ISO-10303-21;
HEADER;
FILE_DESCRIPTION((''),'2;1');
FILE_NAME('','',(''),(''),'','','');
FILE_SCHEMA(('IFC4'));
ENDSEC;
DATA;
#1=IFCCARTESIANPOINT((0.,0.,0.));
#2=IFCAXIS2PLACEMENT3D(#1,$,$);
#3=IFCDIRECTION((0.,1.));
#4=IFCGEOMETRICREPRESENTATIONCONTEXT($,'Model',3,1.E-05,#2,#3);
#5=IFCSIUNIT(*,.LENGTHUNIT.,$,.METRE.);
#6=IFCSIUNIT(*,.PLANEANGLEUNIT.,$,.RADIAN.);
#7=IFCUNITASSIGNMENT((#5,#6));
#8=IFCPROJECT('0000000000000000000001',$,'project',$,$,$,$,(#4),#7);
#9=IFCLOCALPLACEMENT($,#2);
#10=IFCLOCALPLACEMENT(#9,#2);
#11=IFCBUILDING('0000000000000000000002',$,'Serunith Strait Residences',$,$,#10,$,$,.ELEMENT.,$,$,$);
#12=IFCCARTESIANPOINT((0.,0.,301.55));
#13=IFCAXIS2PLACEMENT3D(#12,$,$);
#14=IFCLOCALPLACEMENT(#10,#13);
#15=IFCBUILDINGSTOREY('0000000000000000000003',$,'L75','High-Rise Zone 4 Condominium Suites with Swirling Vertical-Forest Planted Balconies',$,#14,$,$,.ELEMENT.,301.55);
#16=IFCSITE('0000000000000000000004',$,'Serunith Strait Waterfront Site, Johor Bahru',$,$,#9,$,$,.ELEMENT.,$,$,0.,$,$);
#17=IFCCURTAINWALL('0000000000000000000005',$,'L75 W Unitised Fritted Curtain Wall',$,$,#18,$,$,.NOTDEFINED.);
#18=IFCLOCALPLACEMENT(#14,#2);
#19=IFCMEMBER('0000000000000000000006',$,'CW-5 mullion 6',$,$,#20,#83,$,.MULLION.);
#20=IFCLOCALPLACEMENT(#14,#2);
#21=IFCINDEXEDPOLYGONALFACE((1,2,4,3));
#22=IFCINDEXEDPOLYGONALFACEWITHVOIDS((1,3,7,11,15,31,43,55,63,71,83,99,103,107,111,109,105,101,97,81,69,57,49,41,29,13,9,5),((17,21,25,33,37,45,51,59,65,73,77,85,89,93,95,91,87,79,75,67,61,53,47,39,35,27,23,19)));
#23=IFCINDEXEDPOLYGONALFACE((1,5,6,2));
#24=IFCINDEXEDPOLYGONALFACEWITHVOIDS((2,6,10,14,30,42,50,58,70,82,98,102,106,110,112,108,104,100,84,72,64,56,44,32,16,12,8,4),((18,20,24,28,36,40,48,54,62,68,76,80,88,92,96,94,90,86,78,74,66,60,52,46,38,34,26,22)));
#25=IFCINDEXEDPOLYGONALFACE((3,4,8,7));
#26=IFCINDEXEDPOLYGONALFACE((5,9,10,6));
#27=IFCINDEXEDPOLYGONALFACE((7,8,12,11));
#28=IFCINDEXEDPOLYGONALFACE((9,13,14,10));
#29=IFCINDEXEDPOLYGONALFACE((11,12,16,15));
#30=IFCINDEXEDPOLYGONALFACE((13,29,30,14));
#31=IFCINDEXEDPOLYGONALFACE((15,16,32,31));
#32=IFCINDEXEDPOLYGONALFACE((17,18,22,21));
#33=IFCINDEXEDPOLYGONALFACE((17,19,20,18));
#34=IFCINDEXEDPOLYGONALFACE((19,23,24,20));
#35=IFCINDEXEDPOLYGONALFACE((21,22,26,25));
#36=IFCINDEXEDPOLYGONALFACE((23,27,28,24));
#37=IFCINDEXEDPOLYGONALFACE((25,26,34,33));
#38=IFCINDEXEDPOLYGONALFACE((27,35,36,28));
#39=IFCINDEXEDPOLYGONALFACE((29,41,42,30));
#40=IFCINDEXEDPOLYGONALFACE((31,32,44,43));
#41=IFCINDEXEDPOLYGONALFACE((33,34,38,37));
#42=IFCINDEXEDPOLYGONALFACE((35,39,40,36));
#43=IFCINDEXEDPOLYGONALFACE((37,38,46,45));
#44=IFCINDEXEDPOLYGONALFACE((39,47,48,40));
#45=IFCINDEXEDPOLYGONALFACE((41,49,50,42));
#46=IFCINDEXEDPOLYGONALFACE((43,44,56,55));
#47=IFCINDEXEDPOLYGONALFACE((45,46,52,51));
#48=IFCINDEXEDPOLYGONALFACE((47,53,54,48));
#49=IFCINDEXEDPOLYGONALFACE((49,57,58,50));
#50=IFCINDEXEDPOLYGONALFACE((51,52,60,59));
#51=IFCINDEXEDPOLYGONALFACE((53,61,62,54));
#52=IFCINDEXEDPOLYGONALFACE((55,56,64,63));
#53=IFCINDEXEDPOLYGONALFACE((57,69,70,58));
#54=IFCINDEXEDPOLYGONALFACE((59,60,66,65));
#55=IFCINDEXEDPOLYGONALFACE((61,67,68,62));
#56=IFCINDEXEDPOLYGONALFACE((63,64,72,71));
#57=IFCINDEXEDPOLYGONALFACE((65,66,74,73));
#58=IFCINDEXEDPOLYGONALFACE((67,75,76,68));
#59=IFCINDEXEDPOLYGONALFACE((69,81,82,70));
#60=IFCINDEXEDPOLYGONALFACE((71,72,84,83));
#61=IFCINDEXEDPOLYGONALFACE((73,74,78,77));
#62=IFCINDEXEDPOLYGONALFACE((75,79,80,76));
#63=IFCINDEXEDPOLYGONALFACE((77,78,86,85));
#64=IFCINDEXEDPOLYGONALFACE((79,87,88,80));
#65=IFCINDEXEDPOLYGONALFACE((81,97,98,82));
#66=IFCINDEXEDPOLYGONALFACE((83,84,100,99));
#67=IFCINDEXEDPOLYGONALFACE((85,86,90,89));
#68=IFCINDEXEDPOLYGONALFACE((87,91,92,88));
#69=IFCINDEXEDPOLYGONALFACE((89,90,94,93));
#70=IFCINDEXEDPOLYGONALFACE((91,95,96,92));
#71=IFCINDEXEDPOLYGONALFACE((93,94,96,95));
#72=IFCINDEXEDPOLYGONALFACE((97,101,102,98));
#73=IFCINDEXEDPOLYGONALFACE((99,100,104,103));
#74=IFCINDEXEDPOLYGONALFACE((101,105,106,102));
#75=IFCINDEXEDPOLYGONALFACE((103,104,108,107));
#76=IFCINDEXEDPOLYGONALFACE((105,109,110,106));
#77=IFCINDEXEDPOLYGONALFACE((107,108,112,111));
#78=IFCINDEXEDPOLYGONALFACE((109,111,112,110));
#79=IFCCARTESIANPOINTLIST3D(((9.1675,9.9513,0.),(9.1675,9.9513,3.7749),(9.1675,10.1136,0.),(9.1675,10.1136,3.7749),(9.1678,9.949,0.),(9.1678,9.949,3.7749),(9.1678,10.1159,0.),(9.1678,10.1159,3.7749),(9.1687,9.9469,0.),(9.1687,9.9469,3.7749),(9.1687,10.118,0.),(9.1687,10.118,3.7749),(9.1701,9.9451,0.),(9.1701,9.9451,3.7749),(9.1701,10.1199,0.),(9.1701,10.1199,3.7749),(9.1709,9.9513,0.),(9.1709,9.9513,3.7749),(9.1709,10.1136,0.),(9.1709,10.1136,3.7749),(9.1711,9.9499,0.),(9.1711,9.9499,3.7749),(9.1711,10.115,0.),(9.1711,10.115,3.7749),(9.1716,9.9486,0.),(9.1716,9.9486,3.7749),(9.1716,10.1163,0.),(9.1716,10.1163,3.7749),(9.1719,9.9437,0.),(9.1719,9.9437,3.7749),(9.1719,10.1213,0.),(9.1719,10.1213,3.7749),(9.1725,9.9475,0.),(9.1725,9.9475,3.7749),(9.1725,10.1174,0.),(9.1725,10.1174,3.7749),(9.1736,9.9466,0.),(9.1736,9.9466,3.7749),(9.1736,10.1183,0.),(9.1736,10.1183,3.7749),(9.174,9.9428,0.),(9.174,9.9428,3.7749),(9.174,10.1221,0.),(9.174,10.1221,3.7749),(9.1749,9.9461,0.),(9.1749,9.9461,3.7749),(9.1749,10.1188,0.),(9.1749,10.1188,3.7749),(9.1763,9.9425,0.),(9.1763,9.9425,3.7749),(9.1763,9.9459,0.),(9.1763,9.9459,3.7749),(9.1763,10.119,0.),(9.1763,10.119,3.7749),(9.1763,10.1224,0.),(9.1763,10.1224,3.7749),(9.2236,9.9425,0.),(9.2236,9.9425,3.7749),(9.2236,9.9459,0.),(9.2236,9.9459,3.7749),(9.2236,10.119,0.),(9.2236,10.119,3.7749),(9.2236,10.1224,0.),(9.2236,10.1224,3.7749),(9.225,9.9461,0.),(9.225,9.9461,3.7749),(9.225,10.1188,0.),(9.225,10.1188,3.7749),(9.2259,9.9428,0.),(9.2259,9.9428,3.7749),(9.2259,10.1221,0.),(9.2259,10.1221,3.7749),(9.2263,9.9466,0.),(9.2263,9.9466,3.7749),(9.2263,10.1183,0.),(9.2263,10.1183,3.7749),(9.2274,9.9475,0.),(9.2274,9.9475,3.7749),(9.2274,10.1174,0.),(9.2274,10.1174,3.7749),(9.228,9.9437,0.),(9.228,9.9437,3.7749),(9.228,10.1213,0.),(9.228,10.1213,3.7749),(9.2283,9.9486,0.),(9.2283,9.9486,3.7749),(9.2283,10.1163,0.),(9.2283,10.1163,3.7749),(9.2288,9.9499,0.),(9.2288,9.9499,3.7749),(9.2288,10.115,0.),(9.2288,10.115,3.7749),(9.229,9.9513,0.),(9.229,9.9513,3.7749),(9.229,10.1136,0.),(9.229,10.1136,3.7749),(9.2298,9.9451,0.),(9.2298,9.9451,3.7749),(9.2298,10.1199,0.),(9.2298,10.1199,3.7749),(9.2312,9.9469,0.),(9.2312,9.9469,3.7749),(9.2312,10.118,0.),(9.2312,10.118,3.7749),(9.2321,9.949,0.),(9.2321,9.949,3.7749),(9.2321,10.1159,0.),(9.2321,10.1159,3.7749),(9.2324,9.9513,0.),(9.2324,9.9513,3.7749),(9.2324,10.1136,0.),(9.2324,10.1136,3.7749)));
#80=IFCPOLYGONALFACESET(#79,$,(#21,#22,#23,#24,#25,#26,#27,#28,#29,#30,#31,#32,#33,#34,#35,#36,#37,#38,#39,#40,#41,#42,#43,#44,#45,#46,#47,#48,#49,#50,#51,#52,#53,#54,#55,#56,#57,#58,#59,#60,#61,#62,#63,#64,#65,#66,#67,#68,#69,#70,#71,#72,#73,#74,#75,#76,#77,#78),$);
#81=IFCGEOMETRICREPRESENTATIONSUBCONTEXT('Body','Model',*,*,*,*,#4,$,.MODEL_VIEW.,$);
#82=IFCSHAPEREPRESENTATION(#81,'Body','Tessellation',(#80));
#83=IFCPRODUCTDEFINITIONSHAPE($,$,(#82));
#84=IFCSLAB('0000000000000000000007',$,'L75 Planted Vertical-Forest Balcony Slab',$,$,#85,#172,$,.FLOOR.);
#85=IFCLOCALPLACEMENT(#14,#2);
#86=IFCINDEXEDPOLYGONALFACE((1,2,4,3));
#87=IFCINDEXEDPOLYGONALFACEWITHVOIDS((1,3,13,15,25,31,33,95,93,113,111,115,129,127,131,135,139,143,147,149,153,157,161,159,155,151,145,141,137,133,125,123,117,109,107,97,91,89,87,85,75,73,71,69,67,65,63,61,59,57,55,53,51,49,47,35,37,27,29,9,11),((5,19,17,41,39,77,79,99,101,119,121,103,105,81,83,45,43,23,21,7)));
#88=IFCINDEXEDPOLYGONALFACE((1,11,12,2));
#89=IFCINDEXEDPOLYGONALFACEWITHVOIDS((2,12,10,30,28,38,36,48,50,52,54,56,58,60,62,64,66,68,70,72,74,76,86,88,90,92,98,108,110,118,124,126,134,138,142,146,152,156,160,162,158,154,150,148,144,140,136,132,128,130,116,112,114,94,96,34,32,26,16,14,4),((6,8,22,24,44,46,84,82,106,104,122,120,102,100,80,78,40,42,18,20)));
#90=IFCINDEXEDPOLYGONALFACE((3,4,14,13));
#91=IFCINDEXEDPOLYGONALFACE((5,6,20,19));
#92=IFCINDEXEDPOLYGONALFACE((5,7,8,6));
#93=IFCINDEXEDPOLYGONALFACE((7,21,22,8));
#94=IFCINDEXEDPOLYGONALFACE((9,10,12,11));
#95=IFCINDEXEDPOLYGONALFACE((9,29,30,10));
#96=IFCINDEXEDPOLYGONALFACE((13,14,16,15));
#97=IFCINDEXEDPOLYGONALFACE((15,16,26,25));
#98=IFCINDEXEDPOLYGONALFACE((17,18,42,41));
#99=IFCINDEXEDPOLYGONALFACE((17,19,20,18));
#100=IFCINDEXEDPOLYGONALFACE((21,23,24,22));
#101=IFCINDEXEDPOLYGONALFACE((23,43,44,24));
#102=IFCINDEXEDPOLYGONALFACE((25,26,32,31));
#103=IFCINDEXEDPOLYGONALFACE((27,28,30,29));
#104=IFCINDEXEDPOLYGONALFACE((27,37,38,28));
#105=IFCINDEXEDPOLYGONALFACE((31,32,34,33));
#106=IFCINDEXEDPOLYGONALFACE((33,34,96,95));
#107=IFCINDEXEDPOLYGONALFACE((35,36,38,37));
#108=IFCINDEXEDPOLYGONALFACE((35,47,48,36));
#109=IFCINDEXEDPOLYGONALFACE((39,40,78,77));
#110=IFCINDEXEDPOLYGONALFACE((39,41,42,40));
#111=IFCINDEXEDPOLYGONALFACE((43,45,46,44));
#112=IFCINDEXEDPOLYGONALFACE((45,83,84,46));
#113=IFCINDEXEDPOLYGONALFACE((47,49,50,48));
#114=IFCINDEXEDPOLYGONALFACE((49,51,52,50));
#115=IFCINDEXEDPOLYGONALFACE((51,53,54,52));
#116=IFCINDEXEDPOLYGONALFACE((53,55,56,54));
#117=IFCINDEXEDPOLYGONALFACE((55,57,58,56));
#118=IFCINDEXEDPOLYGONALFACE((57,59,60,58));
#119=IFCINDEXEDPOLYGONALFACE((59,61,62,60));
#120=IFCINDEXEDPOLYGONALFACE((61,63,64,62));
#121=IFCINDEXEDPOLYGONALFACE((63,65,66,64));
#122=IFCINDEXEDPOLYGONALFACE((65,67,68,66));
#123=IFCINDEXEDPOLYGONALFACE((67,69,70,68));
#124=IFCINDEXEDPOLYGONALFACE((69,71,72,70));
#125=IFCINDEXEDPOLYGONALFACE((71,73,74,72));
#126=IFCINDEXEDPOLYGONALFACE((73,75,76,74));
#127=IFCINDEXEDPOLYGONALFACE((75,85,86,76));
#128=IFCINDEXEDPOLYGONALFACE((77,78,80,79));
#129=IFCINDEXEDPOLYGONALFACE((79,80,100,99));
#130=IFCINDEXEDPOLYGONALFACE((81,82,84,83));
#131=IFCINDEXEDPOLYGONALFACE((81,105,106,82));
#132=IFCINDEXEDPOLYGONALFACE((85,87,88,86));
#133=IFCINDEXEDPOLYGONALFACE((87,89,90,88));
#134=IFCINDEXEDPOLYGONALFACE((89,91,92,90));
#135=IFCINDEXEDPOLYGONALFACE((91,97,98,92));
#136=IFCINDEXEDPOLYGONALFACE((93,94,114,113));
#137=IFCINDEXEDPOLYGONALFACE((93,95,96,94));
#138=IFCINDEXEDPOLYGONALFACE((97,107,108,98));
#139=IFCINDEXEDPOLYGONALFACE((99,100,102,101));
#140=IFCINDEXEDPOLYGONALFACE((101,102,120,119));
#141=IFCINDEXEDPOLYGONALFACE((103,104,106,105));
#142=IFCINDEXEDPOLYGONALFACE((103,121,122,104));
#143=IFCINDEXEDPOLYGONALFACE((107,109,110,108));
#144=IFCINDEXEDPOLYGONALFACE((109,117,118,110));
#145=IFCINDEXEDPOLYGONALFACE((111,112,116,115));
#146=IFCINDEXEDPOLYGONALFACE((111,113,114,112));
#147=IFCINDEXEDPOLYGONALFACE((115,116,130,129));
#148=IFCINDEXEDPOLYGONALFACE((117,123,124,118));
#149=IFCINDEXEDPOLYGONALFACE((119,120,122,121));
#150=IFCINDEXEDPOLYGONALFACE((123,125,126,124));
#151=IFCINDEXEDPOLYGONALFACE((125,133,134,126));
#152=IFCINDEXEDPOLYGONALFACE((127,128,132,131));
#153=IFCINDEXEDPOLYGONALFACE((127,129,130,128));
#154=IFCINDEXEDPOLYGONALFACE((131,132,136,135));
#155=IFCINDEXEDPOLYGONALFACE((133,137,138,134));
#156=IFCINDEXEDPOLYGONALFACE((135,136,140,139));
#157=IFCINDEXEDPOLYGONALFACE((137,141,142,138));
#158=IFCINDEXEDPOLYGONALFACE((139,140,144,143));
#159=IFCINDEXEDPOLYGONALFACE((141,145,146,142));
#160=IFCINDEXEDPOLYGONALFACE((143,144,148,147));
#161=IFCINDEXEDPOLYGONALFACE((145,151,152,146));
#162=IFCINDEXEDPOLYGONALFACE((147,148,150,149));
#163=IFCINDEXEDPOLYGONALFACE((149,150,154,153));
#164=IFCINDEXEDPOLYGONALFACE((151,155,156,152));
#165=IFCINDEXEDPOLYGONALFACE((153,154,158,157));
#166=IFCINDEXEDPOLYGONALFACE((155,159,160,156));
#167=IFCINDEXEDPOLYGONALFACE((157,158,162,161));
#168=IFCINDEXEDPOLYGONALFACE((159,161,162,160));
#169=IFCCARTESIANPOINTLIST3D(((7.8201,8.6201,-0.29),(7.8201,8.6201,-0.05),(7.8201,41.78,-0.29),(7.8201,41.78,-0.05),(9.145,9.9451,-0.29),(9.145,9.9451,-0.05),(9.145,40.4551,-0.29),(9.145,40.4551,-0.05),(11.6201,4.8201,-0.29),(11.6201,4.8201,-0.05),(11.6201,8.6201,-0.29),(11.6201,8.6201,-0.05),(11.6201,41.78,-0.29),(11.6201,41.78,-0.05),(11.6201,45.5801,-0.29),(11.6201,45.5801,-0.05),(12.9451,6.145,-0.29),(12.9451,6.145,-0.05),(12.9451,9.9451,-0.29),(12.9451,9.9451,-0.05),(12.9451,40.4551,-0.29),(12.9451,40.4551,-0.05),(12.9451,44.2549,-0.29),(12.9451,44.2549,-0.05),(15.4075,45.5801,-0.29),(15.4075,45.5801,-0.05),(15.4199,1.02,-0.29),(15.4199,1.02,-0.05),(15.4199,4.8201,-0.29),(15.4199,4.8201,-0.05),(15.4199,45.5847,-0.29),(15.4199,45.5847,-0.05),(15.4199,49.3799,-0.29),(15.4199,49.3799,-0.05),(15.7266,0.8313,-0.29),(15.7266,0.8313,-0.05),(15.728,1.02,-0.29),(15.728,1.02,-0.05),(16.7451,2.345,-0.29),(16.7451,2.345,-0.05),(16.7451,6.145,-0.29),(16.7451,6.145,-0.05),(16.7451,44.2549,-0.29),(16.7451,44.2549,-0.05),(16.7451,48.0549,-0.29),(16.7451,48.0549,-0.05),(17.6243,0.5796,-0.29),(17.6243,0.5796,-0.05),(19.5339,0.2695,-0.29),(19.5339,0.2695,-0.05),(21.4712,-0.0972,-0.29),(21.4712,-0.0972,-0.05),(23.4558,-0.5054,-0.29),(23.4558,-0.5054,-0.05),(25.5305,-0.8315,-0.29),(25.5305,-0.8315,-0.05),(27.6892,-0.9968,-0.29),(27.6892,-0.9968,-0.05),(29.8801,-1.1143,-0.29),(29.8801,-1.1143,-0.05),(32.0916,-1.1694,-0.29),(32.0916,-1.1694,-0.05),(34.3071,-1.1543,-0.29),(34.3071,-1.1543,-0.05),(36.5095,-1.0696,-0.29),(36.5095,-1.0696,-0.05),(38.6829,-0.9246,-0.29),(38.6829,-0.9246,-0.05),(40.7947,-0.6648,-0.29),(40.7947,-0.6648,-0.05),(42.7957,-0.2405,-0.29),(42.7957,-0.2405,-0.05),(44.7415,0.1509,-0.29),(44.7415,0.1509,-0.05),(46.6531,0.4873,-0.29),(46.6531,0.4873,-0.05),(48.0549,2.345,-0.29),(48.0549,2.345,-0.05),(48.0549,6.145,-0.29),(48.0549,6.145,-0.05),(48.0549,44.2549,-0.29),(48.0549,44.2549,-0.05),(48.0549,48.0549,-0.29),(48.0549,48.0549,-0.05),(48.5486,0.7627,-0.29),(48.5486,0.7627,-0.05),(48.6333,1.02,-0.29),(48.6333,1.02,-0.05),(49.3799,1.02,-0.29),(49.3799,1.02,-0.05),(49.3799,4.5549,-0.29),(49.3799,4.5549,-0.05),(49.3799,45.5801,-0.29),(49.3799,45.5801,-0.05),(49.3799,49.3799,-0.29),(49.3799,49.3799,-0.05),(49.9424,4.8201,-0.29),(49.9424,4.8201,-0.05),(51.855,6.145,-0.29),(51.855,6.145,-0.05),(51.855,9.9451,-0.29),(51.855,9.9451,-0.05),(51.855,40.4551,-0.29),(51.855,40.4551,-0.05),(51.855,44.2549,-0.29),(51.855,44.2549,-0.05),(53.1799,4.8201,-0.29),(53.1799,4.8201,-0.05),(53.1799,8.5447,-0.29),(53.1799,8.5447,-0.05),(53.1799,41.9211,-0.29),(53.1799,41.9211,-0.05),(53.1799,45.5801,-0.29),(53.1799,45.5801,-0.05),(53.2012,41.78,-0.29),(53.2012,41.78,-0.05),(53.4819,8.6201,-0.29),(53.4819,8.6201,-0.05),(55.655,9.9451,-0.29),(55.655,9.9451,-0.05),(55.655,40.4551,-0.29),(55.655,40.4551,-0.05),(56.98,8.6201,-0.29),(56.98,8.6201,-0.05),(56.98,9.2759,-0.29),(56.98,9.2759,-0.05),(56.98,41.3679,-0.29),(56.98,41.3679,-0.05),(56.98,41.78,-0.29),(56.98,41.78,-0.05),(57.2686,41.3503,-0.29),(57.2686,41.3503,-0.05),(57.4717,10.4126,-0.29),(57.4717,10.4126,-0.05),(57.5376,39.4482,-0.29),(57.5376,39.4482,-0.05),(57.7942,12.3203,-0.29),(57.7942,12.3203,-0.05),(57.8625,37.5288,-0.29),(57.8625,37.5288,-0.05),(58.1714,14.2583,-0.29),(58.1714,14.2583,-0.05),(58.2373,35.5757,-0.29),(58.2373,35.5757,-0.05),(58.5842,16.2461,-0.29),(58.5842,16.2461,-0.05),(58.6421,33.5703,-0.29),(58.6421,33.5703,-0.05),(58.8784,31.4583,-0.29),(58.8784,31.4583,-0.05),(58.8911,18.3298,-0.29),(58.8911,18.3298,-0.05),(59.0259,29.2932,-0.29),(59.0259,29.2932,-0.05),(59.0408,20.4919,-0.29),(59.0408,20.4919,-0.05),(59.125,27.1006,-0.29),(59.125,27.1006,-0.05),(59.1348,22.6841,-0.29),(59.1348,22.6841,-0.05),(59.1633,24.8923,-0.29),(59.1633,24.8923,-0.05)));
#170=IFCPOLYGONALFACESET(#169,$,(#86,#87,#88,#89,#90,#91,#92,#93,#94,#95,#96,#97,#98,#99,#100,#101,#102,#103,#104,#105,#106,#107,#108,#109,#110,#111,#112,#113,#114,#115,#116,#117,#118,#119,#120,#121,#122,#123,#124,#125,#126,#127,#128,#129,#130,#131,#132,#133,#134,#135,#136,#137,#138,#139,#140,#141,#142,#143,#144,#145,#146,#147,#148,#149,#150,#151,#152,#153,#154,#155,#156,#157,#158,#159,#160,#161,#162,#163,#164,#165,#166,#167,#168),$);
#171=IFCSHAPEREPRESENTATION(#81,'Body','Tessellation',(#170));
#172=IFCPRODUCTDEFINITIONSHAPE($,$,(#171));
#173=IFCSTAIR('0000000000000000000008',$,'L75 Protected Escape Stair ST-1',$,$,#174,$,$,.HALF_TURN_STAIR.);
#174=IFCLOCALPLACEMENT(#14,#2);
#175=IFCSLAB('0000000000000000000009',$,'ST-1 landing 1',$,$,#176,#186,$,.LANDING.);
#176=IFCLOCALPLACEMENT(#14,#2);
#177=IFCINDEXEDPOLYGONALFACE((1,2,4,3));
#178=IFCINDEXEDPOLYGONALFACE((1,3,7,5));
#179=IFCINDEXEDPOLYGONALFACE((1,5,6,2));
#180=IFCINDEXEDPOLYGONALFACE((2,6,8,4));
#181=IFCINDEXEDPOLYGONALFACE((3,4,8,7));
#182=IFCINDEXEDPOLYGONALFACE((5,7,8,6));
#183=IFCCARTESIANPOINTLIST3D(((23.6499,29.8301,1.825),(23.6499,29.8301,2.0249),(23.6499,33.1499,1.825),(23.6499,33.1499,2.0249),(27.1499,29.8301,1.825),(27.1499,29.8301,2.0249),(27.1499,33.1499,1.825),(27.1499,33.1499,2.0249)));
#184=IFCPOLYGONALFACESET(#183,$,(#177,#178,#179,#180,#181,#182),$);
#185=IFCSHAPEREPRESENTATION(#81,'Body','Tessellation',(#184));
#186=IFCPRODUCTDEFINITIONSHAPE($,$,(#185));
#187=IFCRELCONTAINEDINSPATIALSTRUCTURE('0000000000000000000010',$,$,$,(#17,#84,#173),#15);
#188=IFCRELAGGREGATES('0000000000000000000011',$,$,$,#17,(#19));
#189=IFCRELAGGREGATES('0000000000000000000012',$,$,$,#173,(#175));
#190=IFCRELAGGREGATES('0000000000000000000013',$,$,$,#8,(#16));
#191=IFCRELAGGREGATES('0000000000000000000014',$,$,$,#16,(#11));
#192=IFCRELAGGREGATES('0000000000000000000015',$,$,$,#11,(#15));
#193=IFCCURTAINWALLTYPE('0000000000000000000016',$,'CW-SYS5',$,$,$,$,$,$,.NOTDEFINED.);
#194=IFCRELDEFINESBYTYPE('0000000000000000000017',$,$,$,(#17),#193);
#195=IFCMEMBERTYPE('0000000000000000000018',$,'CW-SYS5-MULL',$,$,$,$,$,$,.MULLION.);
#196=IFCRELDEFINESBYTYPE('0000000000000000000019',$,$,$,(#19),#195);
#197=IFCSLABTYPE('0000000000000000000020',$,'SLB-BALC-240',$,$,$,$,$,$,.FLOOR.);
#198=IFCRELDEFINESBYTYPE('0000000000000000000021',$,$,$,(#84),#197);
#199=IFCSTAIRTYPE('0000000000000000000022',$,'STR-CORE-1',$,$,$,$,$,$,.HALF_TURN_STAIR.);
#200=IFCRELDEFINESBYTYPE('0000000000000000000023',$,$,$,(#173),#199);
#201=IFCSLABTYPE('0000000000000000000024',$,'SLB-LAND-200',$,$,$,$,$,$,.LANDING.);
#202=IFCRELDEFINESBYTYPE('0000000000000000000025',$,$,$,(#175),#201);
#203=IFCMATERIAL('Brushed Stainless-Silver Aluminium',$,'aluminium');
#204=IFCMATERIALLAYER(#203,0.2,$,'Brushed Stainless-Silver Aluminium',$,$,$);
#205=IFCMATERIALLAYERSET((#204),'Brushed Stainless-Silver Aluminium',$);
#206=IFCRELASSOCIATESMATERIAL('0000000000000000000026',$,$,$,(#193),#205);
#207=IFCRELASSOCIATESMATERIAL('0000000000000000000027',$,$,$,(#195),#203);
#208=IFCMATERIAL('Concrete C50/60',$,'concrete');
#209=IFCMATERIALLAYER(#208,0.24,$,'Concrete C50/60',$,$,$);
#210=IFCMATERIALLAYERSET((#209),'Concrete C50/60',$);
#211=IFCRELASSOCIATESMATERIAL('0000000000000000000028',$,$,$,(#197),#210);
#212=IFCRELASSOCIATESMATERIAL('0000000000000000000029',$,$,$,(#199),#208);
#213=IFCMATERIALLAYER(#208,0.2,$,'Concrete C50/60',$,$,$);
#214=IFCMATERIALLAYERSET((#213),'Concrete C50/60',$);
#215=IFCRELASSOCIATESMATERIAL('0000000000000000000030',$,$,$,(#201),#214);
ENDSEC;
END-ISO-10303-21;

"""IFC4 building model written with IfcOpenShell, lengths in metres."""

from ifc_helpers import new_model, si_unit, direction, frame, origin, origin_2d, place, context, subcontext, project, spatial, polyline, hollow_rectangle, outline, extrude, source, transform, mapped, material, layer, layer_set, material_profile, profile_set, type_object, element, aggregate, save


model = new_model("IFC4")

# Units and contexts
model_context = context("Model", 3, precision=1e-05, world=origin(), true_north=direction((0.0, 1.0)))
body_context = subcontext(model_context, "Body", "Model", "MODEL_VIEW")
ifc_project = project(units=[si_unit("LENGTHUNIT", "METRE"), si_unit("PLANEANGLEUNIT", "RADIAN")], contexts=[model_context])

# Site, building, storey
site_placement = place(None, origin())
site = spatial("IfcSite", under=ifc_project, at=site_placement, Name="Serunith Strait Waterfront Site, Johor Bahru", CompositionType="ELEMENT", RefElevation=0.0)
building_placement = place(site_placement, origin())
building = spatial("IfcBuilding", under=site, at=building_placement, Name="Serunith Strait Residences", CompositionType="ELEMENT")
storey_placement = place(building_placement, frame((0.0, 0.0, 301.55)))
storey = spatial("IfcBuildingStorey", under=building, at=storey_placement, Name="L75", Description="High-Rise Zone 4 Condominium Suites with Swirling Vertical-Forest Planted Balconies", CompositionType="ELEMENT", Elevation=301.55)

# Shared definitions
ifc_material_1 = material(Name="Brushed Stainless-Silver Aluminium", Category="aluminium")
ifc_layer_1 = layer(ifc_material_1, 0.2, Name="Brushed Stainless-Silver Aluminium")
ifc_layer_set_1 = layer_set([ifc_layer_1], Name="Brushed Stainless-Silver Aluminium")
curtain_wall_type = type_object("IfcCurtainWallType", Name="CW-SYS5", PredefinedType="NOTDEFINED", material=ifc_layer_set_1)
ifc_material_profile_1 = material_profile(ifc_material_1, hollow_rectangle(XDim=0.0649, YDim=0.1799, WallThickness=0.0034, InnerFilletRadius=0.0054, OuterFilletRadius=0.0088, at=origin_2d()), Name="ALU 180x65x3.5")
ifc_profile_set_1 = profile_set([ifc_material_profile_1], Name="Brushed Stainless-Silver Aluminium")
member_type_1 = type_object("IfcMemberType", Name="CW-SYS5-MULL", PredefinedType="MULLION", material=ifc_profile_set_1)
shared_shape_1 = source(origin(), body_context, "Body", "SweptSolid", [
    extrude(hollow_rectangle(XDim=0.0649, YDim=0.1799, WallThickness=0.0034, InnerFilletRadius=0.0054, OuterFilletRadius=0.0088, at=origin_2d()), origin(), (0.0, 0.0, 1.0), 3.7749),
])

# Curtain wall, member
curtain_wall_1_placement = place(storey_placement, origin())
curtain_wall_1 = element("IfcCurtainWall", 1, at=curtain_wall_1_placement, inside=storey, type_object=curtain_wall_type, Name="L75 W Unitised Fritted Curtain Wall", PredefinedType="NOTDEFINED")
member_1_placement = place(storey_placement, frame((9.2, 10.0325, 0.0), z_axis=(0.0, 0.0, 1.0), x_axis=(1.0, 0.0, 0.0)))
member_1 = element("IfcMember", 2, at=member_1_placement, type_object=member_type_1, Name="CW-5 mullion 6", PredefinedType="MULLION", context=body_context, shape_type="MappedRepresentation", body=[
    mapped(shared_shape_1, transform((0.0, 0.0, 0.0), scale=1.0)),
])
aggregate(curtain_wall_1, [member_1])

# Slab
ifc_material_2 = material(Name="Concrete C50/60", Category="concrete")
ifc_layer_2 = layer(ifc_material_2, 0.24, Name="Concrete C50/60")
ifc_layer_set_2 = layer_set([ifc_layer_2], Name="Concrete C50/60")
slab_type_1 = type_object("IfcSlabType", Name="SLB-BALC-240", PredefinedType="FLOOR", material=ifc_layer_set_2)
slab_1_placement = place(storey_placement, frame((0.0, 0.0, -0.29)))
element("IfcSlab", 3, at=slab_1_placement, inside=storey, type_object=slab_type_1, Name="L75 Planted Vertical-Forest Balcony Slab", PredefinedType="FLOOR", context=body_context, shape_type="SweptSolid", body=[
    extrude(outline(polyline([(15.4199, 1.02), (15.4199, 4.8201), (11.6201, 4.8201), (11.6201, 8.6201), (7.8201, 8.6201), (7.8201, 41.78), (11.6201, 41.78), (11.6201, 45.5801), (15.4075, 45.5801), (15.4199, 45.5847), (15.4199, 49.3799), (49.3799, 49.3799), (49.3799, 45.5801), (53.1799, 45.5801), (53.1799, 41.9211), (53.2012, 41.78), (56.98, 41.78), (56.98, 41.3679), (57.2686, 41.3503), (57.5376, 39.4482), (57.8625, 37.5288), (58.2373, 35.5757), (58.6421, 33.5703), (58.8784, 31.4583), (59.0259, 29.2932), (59.125, 27.1006), (59.1633, 24.8923), (59.1348, 22.6841), (59.0408, 20.4919), (58.8911, 18.3298), (58.5842, 16.2461), (58.1714, 14.2583), (57.7942, 12.3203), (57.4717, 10.4126), (56.98, 9.2759), (56.98, 8.6201), (53.4819, 8.6201), (53.1799, 8.5447), (53.1799, 4.8201), (49.9424, 4.8201), (49.3799, 4.5549), (49.3799, 1.02), (48.6333, 1.02), (48.5486, 0.7627), (46.6531, 0.4873), (44.7415, 0.1509), (42.7957, -0.2405), (40.7947, -0.6648), (38.6829, -0.9246), (36.5095, -1.0696), (34.3071, -1.1543), (32.0916, -1.1694), (29.8801, -1.1143), (27.6892, -0.9968), (25.5305, -0.8315), (23.4558, -0.5054), (21.4712, -0.0972), (19.5339, 0.2695), (17.6243, 0.5796), (15.7266, 0.8313), (15.728, 1.02), (15.4199, 1.02)]), holes=[polyline([(48.0549, 2.345), (48.0549, 6.145), (51.855, 6.145), (51.855, 9.9451), (55.655, 9.9451), (55.655, 40.4551), (51.855, 40.4551), (51.855, 44.2549), (48.0549, 44.2549), (48.0549, 48.0549), (16.7451, 48.0549), (16.7451, 44.2549), (12.9451, 44.2549), (12.9451, 40.4551), (9.145, 40.4551), (9.145, 9.9451), (12.9451, 9.9451), (12.9451, 6.145), (16.7451, 6.145), (16.7451, 2.345), (48.0549, 2.345)])]), origin(), (0.0, 0.0, 1.0), 0.24),
])

# Stair, slab
stair_type_1 = type_object("IfcStairType", Name="STR-CORE-1", PredefinedType="HALF_TURN_STAIR", material=ifc_material_2)
stair_1_placement = place(storey_placement, origin())
stair_1 = element("IfcStair", 4, at=stair_1_placement, inside=storey, type_object=stair_type_1, Name="L75 Protected Escape Stair ST-1", PredefinedType="HALF_TURN_STAIR")
ifc_layer_3 = layer(ifc_material_2, 0.2, Name="Concrete C50/60")
ifc_layer_set_3 = layer_set([ifc_layer_3], Name="Concrete C50/60")
slab_type_2 = type_object("IfcSlabType", Name="SLB-LAND-200", PredefinedType="LANDING", material=ifc_layer_set_3)
slab_2_placement = place(storey_placement, frame((0.0, 0.0, 1.825)))
slab_2 = element("IfcSlab", 5, at=slab_2_placement, type_object=slab_type_2, Name="ST-1 landing 1", PredefinedType="LANDING", context=body_context, shape_type="SweptSolid", body=[
    extrude(outline(polyline([(27.1499, 29.8301), (27.1499, 33.1499), (23.6499, 33.1499), (23.6499, 29.8301), (27.1499, 29.8301)])), origin(), (0.0, 0.0, 1.0), 0.2),
])
aggregate(stair_1, [slab_2])

save(model, "model.ifc")
